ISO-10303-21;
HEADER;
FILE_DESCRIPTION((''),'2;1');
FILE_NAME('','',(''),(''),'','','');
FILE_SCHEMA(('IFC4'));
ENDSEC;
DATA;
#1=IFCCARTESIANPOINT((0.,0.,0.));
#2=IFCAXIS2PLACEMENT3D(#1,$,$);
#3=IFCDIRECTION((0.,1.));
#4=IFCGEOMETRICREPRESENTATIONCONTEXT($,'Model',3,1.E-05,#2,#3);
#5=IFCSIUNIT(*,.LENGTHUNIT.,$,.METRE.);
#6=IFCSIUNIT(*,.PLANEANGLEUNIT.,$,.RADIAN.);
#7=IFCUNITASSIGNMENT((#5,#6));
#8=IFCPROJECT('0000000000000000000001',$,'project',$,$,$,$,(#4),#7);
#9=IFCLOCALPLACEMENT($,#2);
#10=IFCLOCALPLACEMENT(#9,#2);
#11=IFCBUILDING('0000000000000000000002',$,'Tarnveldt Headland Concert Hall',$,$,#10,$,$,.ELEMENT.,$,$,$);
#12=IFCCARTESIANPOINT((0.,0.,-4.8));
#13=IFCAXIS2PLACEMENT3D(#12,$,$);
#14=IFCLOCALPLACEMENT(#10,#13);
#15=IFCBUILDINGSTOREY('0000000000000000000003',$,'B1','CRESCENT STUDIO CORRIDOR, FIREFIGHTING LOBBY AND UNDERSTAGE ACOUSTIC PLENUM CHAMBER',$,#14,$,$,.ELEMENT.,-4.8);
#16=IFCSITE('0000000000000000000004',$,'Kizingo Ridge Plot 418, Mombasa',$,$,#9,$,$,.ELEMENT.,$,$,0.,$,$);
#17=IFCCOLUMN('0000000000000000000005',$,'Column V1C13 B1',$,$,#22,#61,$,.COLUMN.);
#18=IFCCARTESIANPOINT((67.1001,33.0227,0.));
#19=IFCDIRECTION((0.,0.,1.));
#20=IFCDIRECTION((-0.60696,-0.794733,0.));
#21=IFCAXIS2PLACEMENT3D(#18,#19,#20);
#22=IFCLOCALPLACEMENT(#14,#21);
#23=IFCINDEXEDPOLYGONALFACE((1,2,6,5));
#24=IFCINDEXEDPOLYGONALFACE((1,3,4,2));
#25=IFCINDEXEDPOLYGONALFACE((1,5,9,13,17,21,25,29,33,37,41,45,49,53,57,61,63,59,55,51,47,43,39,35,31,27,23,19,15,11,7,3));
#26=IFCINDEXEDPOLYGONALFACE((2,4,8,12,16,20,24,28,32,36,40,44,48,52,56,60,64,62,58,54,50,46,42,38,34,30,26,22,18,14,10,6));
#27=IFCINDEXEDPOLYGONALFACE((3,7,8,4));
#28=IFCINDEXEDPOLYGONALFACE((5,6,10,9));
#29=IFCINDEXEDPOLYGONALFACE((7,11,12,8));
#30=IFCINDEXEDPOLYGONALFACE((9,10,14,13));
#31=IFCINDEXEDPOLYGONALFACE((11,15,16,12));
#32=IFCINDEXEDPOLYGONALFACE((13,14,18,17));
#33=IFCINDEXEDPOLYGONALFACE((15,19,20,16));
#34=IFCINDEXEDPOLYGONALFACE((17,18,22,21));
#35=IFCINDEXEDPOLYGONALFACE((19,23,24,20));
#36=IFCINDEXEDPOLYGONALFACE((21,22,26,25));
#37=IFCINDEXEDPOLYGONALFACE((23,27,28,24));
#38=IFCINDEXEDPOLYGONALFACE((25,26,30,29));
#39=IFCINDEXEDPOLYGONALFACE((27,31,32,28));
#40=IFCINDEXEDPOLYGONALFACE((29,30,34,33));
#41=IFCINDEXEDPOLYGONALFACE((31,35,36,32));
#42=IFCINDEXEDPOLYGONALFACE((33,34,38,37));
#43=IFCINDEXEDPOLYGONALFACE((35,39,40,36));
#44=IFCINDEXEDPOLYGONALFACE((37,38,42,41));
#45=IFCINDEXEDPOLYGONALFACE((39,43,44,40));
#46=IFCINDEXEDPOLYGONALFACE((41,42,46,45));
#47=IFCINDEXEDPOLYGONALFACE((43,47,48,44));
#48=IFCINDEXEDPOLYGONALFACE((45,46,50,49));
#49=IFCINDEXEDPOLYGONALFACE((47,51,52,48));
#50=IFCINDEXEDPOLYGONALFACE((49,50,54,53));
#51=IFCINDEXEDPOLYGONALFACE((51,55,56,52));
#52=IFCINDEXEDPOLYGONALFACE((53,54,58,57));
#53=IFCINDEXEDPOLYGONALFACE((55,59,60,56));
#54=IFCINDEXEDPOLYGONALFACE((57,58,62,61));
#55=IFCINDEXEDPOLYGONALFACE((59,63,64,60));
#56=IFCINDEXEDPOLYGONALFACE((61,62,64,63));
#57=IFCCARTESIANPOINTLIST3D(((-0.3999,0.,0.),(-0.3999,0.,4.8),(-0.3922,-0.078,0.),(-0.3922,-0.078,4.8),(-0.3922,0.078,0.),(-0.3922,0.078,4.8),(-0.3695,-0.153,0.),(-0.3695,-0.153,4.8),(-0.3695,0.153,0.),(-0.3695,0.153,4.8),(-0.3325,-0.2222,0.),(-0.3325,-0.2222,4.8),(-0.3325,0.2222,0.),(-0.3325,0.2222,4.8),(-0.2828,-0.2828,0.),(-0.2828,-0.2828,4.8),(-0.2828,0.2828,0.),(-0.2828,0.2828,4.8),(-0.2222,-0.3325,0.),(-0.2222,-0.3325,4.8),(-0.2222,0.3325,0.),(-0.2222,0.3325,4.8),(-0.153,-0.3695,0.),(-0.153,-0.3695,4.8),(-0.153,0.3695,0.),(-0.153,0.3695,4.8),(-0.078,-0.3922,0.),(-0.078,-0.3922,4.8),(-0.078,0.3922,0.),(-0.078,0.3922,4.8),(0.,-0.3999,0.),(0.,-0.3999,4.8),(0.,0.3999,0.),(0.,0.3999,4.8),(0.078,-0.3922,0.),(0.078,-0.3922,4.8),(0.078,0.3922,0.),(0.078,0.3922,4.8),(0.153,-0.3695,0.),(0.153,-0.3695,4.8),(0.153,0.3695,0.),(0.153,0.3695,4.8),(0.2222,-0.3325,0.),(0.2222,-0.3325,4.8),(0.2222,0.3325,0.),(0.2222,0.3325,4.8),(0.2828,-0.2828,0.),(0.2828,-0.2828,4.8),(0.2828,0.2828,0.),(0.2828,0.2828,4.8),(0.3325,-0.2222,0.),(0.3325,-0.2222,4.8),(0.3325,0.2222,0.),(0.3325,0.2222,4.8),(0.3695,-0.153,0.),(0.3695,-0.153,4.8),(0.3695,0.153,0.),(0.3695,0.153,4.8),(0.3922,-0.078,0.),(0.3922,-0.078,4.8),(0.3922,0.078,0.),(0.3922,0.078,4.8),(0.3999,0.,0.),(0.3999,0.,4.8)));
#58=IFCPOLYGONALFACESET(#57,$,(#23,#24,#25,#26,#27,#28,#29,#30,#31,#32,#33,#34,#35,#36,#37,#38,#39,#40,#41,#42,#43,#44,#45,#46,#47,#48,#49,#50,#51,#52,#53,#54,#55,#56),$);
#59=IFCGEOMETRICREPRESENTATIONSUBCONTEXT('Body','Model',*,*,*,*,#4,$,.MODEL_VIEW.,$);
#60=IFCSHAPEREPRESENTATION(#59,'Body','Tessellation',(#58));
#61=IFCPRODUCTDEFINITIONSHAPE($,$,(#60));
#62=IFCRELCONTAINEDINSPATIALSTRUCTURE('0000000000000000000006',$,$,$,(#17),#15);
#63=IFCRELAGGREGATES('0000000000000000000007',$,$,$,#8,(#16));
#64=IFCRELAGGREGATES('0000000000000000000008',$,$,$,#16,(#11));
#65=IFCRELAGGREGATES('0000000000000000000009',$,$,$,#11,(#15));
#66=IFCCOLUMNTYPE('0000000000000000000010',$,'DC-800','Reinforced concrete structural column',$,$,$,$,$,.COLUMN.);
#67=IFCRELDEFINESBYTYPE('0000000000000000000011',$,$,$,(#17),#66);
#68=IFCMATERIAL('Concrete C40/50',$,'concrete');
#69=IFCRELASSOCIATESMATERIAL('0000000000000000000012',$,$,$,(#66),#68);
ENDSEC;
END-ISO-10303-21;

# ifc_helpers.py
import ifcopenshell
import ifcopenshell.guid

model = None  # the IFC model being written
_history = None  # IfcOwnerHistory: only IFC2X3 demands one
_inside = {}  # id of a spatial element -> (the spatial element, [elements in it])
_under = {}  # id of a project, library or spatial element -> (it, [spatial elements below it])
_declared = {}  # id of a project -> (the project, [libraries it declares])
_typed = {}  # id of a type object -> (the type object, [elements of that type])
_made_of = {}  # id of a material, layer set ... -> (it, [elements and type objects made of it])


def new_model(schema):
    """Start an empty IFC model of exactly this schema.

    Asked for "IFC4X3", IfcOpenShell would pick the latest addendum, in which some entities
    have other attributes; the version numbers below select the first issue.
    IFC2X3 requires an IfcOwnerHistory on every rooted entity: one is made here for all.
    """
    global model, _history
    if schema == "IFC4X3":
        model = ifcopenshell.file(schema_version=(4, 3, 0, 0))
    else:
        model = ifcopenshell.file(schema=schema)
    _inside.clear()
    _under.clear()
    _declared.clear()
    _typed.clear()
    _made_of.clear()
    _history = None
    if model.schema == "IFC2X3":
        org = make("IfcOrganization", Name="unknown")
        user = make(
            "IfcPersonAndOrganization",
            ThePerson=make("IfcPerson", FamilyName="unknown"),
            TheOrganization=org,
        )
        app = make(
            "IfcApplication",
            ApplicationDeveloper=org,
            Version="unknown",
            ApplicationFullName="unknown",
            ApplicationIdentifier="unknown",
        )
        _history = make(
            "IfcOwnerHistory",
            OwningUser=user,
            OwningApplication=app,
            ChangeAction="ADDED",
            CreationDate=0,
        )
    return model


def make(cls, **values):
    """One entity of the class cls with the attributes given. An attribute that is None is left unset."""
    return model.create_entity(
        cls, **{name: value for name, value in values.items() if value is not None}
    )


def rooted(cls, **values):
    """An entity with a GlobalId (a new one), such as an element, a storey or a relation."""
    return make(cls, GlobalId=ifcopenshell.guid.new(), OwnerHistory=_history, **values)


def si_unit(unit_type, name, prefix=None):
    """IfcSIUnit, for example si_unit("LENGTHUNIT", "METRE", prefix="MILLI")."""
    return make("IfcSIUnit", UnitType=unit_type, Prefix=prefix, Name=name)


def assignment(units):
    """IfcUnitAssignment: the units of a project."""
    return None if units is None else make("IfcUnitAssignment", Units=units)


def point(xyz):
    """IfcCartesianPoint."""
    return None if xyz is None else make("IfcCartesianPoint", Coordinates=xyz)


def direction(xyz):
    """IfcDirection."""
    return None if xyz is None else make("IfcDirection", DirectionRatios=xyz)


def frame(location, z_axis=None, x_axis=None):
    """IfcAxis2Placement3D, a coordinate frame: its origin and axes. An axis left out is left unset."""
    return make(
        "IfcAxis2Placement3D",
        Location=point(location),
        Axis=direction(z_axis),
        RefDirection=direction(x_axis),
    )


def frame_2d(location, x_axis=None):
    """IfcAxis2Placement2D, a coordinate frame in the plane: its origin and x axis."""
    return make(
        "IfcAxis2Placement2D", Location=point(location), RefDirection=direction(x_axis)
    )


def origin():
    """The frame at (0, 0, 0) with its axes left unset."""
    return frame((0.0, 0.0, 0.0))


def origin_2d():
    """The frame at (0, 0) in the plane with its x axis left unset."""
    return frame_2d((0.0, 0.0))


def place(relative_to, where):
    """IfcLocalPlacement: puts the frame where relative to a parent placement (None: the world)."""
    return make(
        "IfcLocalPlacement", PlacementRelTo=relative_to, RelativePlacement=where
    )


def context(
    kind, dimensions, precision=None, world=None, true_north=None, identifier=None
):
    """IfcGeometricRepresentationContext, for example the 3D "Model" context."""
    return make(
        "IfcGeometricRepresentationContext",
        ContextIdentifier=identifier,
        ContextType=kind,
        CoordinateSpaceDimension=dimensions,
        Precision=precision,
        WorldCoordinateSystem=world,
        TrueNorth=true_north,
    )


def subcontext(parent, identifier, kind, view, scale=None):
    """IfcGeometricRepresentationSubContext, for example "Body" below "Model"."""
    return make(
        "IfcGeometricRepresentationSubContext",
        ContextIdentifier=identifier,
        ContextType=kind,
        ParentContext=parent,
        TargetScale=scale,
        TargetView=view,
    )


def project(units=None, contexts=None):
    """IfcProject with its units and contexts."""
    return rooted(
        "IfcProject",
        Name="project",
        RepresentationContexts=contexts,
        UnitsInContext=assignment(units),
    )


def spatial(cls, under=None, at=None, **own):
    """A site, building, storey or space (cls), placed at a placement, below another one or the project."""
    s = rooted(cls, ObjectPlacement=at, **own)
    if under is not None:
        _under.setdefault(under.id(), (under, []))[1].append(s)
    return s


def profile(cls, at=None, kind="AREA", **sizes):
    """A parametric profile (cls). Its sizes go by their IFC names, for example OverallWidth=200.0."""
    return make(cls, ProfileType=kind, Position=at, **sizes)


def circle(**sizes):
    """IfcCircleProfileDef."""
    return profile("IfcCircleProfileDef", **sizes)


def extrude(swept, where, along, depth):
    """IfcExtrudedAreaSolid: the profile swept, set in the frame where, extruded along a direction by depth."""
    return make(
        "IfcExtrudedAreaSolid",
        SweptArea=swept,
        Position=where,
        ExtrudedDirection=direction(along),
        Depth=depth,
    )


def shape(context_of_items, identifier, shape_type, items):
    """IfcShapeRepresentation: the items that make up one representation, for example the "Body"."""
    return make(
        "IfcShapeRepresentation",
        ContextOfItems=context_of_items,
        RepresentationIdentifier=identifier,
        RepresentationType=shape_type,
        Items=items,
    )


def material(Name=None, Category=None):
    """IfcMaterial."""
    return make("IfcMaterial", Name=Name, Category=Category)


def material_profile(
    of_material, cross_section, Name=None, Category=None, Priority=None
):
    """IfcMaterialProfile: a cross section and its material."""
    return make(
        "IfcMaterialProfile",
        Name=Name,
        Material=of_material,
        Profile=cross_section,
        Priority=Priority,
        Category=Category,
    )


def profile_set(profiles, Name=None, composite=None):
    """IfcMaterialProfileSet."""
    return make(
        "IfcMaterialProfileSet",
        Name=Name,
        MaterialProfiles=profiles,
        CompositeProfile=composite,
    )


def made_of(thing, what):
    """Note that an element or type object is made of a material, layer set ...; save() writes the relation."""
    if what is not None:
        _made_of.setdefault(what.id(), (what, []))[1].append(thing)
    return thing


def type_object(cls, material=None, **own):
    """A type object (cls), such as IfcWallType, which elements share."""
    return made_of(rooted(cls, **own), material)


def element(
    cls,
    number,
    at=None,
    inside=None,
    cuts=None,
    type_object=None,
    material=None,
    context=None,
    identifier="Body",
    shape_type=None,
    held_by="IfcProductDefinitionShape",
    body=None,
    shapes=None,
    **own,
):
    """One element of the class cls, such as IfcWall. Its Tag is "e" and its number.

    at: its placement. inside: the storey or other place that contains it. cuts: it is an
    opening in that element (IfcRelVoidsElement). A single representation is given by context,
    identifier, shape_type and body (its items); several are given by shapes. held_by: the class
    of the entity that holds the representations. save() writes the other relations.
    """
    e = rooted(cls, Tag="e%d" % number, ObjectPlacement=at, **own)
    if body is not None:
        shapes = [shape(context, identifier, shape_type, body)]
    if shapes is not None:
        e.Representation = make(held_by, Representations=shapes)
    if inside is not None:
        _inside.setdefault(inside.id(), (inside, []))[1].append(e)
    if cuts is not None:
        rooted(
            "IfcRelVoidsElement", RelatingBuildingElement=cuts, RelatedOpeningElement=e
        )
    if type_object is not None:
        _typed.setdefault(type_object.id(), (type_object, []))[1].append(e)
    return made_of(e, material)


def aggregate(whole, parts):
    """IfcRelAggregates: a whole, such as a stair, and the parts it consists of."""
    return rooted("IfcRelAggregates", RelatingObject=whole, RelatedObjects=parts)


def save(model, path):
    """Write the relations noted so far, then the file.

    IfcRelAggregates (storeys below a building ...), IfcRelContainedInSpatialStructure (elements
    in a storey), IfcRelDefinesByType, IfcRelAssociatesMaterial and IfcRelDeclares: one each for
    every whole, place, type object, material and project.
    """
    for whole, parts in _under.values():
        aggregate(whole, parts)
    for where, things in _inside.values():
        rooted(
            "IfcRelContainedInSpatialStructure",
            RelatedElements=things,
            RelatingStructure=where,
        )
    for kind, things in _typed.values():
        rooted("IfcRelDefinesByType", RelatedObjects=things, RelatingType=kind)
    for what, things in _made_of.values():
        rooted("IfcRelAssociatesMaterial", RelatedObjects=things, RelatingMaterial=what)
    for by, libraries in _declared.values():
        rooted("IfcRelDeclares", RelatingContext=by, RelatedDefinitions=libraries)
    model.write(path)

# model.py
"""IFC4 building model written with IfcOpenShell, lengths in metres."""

from ifc_helpers import new_model, si_unit, direction, frame, origin, origin_2d, place, context, subcontext, project, spatial, circle, extrude, material, material_profile, profile_set, type_object, element, save


model = new_model("IFC4")

# Units and contexts
model_context = context("Model", 3, precision=1e-05, world=origin(), true_north=direction((0.0, 1.0)))
body_context = subcontext(model_context, "Body", "Model", "MODEL_VIEW")
ifc_project = project(units=[si_unit("LENGTHUNIT", "METRE"), si_unit("PLANEANGLEUNIT", "RADIAN")], contexts=[model_context])

# Site, building, storey
site_placement = place(None, origin())
site = spatial("IfcSite", under=ifc_project, at=site_placement, Name="Kizingo Ridge Plot 418, Mombasa", CompositionType="ELEMENT", RefElevation=0.0)
building_placement = place(site_placement, origin())
building = spatial("IfcBuilding", under=site, at=building_placement, Name="Tarnveldt Headland Concert Hall", CompositionType="ELEMENT")
storey_placement = place(building_placement, frame((0.0, 0.0, -4.8)))
storey = spatial("IfcBuildingStorey", under=building, at=storey_placement, Name="B1", Description="CRESCENT STUDIO CORRIDOR, FIREFIGHTING LOBBY AND UNDERSTAGE ACOUSTIC PLENUM CHAMBER", CompositionType="ELEMENT", Elevation=-4.8)

# Shared definitions
ifc_material_1 = material(Name="Concrete C40/50", Category="concrete")

# Column
ifc_material_profile_1 = material_profile(ifc_material_1, circle(Radius=0.3999, at=origin_2d()), Name="RC D800", Category="concrete")
ifc_profile_set_1 = profile_set([ifc_material_profile_1], Name="Concrete C40/50")
column_type_1 = type_object("IfcColumnType", Name="DC-800", Description="Reinforced concrete structural column", PredefinedType="COLUMN", material=ifc_profile_set_1)
column_1_placement = place(storey_placement, frame((67.1001, 33.0227, 0.0), z_axis=(0.0, 0.0, 1.0), x_axis=(-0.60696, -0.794733, 0.0)))
element("IfcColumn", 1, at=column_1_placement, inside=storey, type_object=column_type_1, Name="Column V1C13 B1", PredefinedType="COLUMN", context=body_context, shape_type="SweptSolid", body=[
    extrude(circle(Radius=0.3999, at=origin_2d()), origin(), (0.0, 0.0, 1.0), 4.8),
])

save(model, "model.ifc")
